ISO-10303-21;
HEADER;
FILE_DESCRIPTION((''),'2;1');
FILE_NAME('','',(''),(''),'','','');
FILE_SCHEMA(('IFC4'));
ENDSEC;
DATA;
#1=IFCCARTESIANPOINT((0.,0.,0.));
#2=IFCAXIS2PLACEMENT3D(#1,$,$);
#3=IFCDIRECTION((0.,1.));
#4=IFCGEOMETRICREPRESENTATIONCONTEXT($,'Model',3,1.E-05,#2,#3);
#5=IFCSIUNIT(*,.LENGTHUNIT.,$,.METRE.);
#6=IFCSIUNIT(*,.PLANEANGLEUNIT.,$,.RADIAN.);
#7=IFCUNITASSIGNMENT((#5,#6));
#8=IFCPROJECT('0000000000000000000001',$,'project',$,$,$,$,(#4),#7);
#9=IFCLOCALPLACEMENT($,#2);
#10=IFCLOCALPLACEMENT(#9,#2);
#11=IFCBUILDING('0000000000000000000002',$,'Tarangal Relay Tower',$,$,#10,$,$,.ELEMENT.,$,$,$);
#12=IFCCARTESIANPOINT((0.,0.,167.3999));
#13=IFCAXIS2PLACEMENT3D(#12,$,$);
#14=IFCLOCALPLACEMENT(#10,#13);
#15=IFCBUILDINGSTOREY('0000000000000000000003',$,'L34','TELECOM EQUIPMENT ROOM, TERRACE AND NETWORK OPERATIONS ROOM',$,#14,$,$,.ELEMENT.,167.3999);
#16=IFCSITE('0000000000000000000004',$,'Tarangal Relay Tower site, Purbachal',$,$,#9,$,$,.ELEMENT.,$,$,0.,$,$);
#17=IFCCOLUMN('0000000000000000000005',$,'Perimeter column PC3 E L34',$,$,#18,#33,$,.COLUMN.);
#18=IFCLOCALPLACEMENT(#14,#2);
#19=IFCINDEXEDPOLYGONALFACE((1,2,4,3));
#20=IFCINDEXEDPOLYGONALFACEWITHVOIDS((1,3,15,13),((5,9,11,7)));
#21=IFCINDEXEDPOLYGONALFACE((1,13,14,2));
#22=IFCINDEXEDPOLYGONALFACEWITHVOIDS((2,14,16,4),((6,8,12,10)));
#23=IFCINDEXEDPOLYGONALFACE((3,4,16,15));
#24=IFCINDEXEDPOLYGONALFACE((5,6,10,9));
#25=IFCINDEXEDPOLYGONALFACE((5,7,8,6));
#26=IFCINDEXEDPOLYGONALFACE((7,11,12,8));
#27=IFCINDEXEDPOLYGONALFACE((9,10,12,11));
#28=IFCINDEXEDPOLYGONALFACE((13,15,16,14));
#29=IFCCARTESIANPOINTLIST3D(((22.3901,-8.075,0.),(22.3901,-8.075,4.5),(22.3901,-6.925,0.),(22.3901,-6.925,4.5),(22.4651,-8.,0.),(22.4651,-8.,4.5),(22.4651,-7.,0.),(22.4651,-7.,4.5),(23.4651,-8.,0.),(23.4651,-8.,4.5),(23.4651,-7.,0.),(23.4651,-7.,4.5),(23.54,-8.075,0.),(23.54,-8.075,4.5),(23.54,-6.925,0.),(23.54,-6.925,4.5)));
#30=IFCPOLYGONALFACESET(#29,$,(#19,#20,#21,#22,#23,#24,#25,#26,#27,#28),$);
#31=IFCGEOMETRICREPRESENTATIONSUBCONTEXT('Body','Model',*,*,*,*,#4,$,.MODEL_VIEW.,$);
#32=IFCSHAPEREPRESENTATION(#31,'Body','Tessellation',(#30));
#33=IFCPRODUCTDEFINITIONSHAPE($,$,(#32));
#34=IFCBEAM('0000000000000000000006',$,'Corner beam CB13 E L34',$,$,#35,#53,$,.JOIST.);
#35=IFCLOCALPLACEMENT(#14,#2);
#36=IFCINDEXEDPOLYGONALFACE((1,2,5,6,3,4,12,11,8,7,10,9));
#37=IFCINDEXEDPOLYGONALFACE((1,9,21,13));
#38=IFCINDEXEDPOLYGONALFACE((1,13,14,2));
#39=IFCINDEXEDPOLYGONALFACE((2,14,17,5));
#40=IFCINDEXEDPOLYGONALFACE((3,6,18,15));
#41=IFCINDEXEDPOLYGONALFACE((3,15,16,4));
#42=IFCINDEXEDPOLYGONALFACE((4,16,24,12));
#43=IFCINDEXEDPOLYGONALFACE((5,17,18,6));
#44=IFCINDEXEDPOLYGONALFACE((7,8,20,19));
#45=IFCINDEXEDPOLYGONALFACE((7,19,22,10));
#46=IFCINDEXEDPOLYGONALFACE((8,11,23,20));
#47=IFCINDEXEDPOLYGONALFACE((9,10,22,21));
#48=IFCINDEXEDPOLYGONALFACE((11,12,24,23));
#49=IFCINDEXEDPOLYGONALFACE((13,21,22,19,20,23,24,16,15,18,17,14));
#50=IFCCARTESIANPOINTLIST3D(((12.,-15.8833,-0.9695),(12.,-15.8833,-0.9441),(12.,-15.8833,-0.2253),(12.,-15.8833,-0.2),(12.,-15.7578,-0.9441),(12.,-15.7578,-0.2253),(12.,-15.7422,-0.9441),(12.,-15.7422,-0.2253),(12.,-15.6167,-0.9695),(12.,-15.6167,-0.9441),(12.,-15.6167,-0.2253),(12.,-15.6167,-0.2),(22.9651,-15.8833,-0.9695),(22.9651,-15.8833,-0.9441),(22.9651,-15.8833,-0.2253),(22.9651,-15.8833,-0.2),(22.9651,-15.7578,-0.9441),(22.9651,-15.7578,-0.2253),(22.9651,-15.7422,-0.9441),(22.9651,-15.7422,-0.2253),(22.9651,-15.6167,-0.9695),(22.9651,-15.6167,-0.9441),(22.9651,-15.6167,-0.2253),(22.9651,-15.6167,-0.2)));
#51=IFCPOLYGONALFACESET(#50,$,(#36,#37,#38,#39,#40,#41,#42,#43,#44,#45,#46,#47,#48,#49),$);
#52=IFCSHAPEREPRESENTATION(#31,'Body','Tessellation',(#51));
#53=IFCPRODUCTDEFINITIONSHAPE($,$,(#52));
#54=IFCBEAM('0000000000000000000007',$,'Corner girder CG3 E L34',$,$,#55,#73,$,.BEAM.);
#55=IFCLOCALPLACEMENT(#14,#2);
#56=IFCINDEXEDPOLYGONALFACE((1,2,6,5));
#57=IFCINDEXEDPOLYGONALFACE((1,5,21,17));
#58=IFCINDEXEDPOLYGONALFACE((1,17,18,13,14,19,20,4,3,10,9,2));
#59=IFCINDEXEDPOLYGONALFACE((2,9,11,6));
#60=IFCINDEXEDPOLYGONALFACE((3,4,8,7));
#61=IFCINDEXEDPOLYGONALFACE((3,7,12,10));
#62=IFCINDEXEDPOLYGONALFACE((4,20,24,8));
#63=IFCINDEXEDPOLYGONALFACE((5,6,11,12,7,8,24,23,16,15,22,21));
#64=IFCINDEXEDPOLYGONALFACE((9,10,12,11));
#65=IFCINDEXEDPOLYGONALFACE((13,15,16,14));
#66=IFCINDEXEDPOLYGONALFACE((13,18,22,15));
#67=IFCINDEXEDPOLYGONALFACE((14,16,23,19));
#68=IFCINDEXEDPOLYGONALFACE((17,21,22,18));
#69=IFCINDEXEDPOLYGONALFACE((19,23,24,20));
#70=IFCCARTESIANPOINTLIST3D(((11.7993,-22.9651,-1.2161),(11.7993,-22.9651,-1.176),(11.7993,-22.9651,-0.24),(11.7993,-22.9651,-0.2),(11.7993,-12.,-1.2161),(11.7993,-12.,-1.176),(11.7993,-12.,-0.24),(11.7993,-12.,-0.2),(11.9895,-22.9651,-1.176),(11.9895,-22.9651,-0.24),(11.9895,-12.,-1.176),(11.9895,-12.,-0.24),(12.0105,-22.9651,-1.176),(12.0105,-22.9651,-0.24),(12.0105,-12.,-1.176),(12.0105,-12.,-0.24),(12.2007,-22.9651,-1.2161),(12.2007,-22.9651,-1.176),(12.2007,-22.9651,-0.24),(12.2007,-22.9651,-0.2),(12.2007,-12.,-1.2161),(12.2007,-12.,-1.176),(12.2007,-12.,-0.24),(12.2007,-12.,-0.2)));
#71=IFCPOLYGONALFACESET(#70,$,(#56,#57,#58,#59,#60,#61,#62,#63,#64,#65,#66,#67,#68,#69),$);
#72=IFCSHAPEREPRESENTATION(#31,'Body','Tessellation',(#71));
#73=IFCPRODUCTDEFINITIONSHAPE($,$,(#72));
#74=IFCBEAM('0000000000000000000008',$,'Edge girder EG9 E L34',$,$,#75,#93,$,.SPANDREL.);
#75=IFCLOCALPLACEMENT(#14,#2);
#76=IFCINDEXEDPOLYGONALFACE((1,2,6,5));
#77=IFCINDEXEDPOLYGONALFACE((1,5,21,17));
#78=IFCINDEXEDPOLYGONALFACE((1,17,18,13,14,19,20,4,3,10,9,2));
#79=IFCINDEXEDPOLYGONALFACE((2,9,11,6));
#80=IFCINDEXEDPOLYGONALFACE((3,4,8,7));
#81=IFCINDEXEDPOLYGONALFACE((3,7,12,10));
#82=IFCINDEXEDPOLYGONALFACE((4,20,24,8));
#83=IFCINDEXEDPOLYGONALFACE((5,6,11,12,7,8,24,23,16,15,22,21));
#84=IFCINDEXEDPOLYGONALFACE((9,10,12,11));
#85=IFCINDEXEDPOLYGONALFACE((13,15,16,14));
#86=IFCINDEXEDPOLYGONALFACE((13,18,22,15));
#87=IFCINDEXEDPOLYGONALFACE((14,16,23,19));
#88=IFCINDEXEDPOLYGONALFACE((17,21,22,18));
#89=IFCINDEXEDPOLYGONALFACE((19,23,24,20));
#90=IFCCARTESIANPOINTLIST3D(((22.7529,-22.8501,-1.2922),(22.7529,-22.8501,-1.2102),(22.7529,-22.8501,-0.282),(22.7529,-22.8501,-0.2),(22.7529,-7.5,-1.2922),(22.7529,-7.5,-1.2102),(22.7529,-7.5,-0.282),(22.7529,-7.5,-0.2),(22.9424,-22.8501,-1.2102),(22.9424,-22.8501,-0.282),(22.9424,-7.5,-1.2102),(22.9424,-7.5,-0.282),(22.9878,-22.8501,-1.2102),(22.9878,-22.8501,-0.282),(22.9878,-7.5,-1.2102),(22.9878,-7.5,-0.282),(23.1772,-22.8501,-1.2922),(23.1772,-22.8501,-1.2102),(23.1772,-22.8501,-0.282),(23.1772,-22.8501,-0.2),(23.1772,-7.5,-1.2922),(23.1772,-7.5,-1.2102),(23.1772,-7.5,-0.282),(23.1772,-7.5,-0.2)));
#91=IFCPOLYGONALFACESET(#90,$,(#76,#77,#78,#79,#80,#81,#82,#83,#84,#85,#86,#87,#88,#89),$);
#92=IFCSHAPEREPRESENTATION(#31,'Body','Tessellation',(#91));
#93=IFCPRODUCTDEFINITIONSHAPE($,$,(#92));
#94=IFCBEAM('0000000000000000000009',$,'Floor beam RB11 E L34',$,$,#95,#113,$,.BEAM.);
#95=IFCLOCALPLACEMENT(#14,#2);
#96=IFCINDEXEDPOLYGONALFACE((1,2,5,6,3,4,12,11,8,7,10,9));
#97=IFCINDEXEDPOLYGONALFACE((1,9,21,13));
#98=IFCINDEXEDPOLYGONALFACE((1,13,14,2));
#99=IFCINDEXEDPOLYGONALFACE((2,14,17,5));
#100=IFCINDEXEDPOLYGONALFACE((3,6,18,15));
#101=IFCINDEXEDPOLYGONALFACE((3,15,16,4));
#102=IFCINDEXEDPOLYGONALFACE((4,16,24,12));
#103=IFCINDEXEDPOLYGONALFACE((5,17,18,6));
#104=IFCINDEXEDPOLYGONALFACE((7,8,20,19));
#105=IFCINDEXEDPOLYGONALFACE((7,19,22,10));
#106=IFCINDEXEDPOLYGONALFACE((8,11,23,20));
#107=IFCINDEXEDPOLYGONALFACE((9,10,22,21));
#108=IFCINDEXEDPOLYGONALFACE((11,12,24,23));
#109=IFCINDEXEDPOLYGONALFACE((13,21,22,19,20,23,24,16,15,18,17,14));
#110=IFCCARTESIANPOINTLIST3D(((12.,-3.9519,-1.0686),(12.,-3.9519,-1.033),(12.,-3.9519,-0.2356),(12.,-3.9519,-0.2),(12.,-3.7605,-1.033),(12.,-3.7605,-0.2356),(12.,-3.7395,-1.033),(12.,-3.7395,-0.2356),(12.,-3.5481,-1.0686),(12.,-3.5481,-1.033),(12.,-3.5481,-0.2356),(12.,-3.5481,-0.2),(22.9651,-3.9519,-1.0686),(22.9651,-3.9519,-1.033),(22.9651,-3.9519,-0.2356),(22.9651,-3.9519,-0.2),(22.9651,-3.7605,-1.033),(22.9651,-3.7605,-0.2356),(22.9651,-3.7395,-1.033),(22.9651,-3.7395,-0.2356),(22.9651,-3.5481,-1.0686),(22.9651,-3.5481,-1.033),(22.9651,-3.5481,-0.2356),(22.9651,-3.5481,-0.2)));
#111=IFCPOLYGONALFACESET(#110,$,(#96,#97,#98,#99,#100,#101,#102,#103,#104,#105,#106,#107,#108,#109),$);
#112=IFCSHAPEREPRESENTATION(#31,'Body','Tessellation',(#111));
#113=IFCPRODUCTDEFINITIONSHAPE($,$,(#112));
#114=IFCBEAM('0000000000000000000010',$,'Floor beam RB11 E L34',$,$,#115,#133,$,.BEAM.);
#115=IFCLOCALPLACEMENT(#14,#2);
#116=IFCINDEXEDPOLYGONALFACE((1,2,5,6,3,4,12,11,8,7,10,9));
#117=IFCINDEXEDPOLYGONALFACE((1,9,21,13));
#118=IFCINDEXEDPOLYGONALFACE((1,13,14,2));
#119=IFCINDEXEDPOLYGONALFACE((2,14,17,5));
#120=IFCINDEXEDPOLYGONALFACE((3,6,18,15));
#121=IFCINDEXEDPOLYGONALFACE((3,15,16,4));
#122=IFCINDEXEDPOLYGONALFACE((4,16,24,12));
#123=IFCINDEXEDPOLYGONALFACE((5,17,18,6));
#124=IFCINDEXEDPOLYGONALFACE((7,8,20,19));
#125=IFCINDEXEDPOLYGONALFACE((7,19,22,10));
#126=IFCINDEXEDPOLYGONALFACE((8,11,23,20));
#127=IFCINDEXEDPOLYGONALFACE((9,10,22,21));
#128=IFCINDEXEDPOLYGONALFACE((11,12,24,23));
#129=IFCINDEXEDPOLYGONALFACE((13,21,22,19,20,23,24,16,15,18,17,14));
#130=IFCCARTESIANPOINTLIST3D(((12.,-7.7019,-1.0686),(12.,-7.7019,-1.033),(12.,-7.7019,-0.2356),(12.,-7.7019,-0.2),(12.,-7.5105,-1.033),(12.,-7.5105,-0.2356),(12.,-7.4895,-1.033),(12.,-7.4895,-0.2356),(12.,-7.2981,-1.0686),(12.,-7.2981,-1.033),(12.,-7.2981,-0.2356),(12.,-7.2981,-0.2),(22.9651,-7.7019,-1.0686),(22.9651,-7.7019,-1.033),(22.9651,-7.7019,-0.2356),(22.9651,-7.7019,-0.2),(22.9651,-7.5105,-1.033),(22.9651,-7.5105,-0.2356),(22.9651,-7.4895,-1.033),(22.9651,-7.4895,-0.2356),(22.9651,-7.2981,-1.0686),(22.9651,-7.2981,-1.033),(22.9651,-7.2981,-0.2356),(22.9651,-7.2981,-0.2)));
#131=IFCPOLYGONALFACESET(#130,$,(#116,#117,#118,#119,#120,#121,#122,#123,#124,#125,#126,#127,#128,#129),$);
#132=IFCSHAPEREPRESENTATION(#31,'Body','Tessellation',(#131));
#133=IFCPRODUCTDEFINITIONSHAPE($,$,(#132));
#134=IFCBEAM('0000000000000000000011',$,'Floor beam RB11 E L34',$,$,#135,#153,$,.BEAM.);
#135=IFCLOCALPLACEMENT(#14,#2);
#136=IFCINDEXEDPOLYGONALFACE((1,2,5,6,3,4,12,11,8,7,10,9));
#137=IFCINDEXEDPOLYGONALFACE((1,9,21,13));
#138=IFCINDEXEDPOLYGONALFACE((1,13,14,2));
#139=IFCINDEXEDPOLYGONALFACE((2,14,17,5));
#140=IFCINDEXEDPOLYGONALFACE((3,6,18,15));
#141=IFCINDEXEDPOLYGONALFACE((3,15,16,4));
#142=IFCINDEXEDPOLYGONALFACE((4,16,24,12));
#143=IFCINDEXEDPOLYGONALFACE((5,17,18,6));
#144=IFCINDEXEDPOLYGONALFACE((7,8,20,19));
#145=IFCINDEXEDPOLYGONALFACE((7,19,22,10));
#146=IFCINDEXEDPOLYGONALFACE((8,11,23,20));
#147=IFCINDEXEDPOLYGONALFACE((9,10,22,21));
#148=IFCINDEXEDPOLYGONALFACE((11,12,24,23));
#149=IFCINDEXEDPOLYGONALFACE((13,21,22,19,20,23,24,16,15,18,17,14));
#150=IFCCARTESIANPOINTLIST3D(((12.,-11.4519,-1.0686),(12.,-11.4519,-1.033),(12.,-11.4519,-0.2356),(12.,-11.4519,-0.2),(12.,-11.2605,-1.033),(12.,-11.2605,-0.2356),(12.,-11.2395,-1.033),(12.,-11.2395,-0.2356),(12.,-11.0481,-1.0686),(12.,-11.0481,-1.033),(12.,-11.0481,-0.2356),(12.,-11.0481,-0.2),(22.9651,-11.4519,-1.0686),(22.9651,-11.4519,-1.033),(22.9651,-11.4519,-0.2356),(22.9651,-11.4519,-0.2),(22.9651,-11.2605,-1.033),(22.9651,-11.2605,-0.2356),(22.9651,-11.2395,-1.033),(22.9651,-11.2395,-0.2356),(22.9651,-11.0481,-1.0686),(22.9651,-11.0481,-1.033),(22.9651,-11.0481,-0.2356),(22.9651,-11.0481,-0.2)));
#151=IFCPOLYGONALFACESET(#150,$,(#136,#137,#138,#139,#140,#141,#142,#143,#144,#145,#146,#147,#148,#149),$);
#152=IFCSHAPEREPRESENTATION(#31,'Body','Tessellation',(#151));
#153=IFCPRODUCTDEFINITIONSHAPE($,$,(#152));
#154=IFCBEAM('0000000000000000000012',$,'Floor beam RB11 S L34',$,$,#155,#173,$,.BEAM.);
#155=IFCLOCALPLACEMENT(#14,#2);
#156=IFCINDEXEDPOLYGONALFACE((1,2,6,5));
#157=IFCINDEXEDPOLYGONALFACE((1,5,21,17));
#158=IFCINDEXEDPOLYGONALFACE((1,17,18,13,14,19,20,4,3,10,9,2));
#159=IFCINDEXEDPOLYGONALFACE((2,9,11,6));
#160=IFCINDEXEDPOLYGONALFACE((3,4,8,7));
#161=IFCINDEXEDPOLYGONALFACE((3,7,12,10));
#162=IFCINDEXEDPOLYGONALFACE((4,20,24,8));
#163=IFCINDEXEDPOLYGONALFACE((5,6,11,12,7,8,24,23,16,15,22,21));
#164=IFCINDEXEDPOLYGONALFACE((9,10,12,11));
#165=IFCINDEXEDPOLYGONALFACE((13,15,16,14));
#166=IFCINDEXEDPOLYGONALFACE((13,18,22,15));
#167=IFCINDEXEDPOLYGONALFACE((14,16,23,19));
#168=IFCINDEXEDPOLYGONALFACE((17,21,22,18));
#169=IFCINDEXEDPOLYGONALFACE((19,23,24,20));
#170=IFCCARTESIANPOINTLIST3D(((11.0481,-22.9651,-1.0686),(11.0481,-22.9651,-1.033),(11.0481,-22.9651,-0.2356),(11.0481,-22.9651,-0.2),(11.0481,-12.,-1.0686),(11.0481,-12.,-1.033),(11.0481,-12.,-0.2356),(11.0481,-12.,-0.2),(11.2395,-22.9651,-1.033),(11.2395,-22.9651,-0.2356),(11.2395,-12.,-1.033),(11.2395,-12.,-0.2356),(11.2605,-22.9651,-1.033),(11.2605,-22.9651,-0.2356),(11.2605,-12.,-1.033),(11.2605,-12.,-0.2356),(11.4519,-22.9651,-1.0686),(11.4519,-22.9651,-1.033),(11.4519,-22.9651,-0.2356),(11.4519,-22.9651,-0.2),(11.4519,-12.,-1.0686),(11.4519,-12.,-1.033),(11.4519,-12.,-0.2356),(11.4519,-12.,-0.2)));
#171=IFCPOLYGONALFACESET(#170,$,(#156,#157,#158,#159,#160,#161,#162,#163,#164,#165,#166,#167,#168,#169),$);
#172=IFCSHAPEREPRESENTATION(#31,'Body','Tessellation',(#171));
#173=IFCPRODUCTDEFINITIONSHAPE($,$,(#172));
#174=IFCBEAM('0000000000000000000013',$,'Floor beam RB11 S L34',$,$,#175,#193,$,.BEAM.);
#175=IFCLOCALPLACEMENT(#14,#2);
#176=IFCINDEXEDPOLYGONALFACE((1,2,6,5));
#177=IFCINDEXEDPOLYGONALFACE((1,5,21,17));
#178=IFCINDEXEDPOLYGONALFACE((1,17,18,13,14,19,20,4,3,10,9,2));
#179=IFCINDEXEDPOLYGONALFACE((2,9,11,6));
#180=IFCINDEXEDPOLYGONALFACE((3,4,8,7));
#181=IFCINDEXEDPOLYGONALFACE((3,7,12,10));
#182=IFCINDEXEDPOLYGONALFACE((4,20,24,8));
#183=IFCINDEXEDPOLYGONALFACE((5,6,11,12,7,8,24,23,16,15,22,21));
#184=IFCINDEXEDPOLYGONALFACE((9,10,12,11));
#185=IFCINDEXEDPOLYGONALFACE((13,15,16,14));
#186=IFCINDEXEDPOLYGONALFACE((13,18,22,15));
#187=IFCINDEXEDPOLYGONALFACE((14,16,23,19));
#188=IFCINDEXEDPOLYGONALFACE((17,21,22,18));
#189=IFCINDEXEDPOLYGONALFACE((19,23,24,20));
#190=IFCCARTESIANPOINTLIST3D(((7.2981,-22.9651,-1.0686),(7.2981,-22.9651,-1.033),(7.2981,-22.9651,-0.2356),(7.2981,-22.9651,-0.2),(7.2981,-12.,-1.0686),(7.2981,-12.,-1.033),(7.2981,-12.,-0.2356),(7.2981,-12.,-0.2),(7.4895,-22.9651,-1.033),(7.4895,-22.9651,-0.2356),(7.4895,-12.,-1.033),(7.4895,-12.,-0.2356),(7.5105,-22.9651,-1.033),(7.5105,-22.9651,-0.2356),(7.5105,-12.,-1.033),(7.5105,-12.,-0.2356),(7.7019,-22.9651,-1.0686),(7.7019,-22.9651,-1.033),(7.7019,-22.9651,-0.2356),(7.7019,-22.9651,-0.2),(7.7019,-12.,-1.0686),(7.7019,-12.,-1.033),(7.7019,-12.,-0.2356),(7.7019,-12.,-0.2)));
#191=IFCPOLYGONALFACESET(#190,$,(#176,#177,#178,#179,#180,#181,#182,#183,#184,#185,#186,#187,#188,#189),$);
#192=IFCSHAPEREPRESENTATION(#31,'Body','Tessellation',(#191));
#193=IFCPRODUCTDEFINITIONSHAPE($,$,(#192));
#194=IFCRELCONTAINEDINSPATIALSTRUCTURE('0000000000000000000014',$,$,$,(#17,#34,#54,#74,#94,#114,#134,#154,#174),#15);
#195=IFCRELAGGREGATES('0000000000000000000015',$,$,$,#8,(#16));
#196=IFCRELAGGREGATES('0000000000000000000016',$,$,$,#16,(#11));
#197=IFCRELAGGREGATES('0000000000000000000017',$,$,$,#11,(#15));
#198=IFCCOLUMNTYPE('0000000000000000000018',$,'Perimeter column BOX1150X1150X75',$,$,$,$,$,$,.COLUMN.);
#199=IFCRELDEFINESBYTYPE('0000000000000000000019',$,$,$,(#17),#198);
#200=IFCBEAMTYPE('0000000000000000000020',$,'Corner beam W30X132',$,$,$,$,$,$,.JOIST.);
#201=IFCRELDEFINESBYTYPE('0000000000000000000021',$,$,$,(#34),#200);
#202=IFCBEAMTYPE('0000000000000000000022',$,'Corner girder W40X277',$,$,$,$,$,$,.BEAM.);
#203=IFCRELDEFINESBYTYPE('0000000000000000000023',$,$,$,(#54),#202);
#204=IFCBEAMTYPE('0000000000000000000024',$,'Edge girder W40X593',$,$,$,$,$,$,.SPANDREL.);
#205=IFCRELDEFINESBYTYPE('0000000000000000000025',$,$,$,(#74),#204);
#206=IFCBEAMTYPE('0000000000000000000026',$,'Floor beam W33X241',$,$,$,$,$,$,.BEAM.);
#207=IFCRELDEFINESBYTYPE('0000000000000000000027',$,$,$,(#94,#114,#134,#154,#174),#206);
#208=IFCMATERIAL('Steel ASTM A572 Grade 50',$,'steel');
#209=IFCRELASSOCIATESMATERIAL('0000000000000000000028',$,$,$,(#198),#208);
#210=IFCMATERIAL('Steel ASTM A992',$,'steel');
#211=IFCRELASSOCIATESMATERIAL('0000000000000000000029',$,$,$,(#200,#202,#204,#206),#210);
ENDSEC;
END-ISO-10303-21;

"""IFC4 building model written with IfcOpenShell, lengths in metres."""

from ifc_helpers import new_model, si_unit, direction, frame, origin, origin_2d, place, context, subcontext, project, spatial, hollow_rectangle, i_section, extrude, material, material_profile, profile_set, type_object, element, save


model = new_model("IFC4")

# Units and contexts
model_context = context("Model", 3, precision=1e-05, world=origin(), true_north=direction((0.0, 1.0)))
body_context = subcontext(model_context, "Body", "Model", "MODEL_VIEW")
ifc_project = project(units=[si_unit("LENGTHUNIT", "METRE"), si_unit("PLANEANGLEUNIT", "RADIAN")], contexts=[model_context])

# Site, building, storey
site_placement = place(None, origin())
site = spatial("IfcSite", under=ifc_project, at=site_placement, Name="Tarangal Relay Tower site, Purbachal", CompositionType="ELEMENT", RefElevation=0.0)
building_placement = place(site_placement, origin())
building = spatial("IfcBuilding", under=site, at=building_placement, Name="Tarangal Relay Tower", CompositionType="ELEMENT")
storey_placement = place(building_placement, frame((0.0, 0.0, 167.3999)))
storey = spatial("IfcBuildingStorey", under=building, at=storey_placement, Name="L34", Description="TELECOM EQUIPMENT ROOM, TERRACE AND NETWORK OPERATIONS ROOM", CompositionType="ELEMENT", Elevation=167.3999)

# Column
ifc_material_1 = material(Name="Steel ASTM A572 Grade 50", Category="steel")
ifc_material_profile_1 = material_profile(ifc_material_1, hollow_rectangle(XDim=1.1499, YDim=1.1499, WallThickness=0.075, at=origin_2d()), Name="BOX1150X1150X75")
ifc_profile_set_1 = profile_set([ifc_material_profile_1], Name="Steel ASTM A572 Grade 50")
column_type = type_object("IfcColumnType", Name="Perimeter column BOX1150X1150X75", PredefinedType="COLUMN", material=ifc_profile_set_1)
column_placement = place(storey_placement, frame((22.9651, -7.5, 0.0), z_axis=(0.0, 0.0, 1.0), x_axis=(1.0, 0.0, 0.0)))
element("IfcColumn", 1, at=column_placement, inside=storey, type_object=column_type, Name="Perimeter column PC3 E L34", PredefinedType="COLUMN", context=body_context, shape_type="SweptSolid", body=[
    extrude(hollow_rectangle(XDim=1.1499, YDim=1.1499, WallThickness=0.075, at=origin_2d()), origin(), (0.0, 0.0, 1.0), 4.5),
])

# Beams
ifc_material_2 = material(Name="Steel ASTM A992", Category="steel")
ifc_material_profile_2 = material_profile(ifc_material_2, i_section(OverallWidth=0.2666, OverallDepth=0.7695, WebThickness=0.0156, FlangeThickness=0.0254, at=origin_2d()), Name="W30X132")
ifc_profile_set_2 = profile_set([ifc_material_profile_2], Name="Steel ASTM A992")
beam_type_1 = type_object("IfcBeamType", Name="Corner beam W30X132", PredefinedType="JOIST", material=ifc_profile_set_2)
beam_1_placement = place(storey_placement, frame((12.0, -15.75, -0.5847), z_axis=(1.0, 0.0, 0.0), x_axis=(0.0, 1.0, 0.0)))
element("IfcBeam", 2, at=beam_1_placement, inside=storey, type_object=beam_type_1, Name="Corner beam CB13 E L34", PredefinedType="JOIST", context=body_context, shape_type="SweptSolid", body=[
    extrude(i_section(OverallWidth=0.2666, OverallDepth=0.7695, WebThickness=0.0156, FlangeThickness=0.0254, at=origin_2d()), origin(), (0.0, 0.0, 1.0), 10.9651),
])
ifc_material_profile_3 = material_profile(ifc_material_2, i_section(OverallWidth=0.4014, OverallDepth=1.0161, WebThickness=0.021, FlangeThickness=0.04, at=origin_2d()), Name="W40X277")
ifc_profile_set_3 = profile_set([ifc_material_profile_3], Name="Steel ASTM A992")
beam_type_2 = type_object("IfcBeamType", Name="Corner girder W40X277", PredefinedType="BEAM", material=ifc_profile_set_3)
beam_2_placement = place(storey_placement, frame((12.0, -12.0, -0.708), z_axis=(0.0, -1.0, 0.0), x_axis=(1.0, 0.0, 0.0)))
element("IfcBeam", 3, at=beam_2_placement, inside=storey, type_object=beam_type_2, Name="Corner girder CG3 E L34", PredefinedType="BEAM", context=body_context, shape_type="SweptSolid", body=[
    extrude(i_section(OverallWidth=0.4014, OverallDepth=1.0161, WebThickness=0.021, FlangeThickness=0.04, at=origin_2d()), origin(), (0.0, 0.0, 1.0), 10.9651),
])
ifc_material_profile_4 = material_profile(ifc_material_2, i_section(OverallWidth=0.4243, OverallDepth=1.0923, WebThickness=0.0454, FlangeThickness=0.082, at=origin_2d()), Name="W40X593")
ifc_profile_set_4 = profile_set([ifc_material_profile_4], Name="Steel ASTM A992")
beam_type_3 = type_object("IfcBeamType", Name="Edge girder W40X593", PredefinedType="SPANDREL", material=ifc_profile_set_4)
beam_3_placement = place(storey_placement, frame((22.9651, -7.5, -0.7461), z_axis=(0.0, -1.0, 0.0), x_axis=(1.0, 0.0, 0.0)))
element("IfcBeam", 4, at=beam_3_placement, inside=storey, type_object=beam_type_3, Name="Edge girder EG9 E L34", PredefinedType="SPANDREL", context=body_context, shape_type="SweptSolid", body=[
    extrude(i_section(OverallWidth=0.4243, OverallDepth=1.0923, WebThickness=0.0454, FlangeThickness=0.082, at=origin_2d()), origin(), (0.0, 0.0, 1.0), 15.3501),
])
ifc_material_profile_5 = material_profile(ifc_material_2, i_section(OverallWidth=0.4038, OverallDepth=0.8687, WebThickness=0.021, FlangeThickness=0.0356, at=origin_2d()), Name="W33X241")
ifc_profile_set_5 = profile_set([ifc_material_profile_5], Name="Steel ASTM A992")
beam_type_4 = type_object("IfcBeamType", Name="Floor beam W33X241", PredefinedType="BEAM", material=ifc_profile_set_5)
for number, where, z_axis, x_axis, name in (
    (5, (12.0, -3.75, -0.6343), (1.0, 0.0, 0.0), (0.0, 1.0, 0.0), "Floor beam RB11 E L34"),
    (6, (12.0, -7.5, -0.6343), (1.0, 0.0, 0.0), (0.0, 1.0, 0.0), "Floor beam RB11 E L34"),
    (7, (12.0, -11.25, -0.6343), (1.0, 0.0, 0.0), (0.0, 1.0, 0.0), "Floor beam RB11 E L34"),
    (8, (11.25, -12.0, -0.6343), (0.0, -1.0, 0.0), (1.0, 0.0, 0.0), "Floor beam RB11 S L34"),
    (9, (7.5, -12.0, -0.6343), (0.0, -1.0, 0.0), (1.0, 0.0, 0.0), "Floor beam RB11 S L34"),
):
    element("IfcBeam", number, at=place(storey_placement, frame(where, z_axis=z_axis, x_axis=x_axis)), inside=storey, type_object=beam_type_4, Name=name, PredefinedType="BEAM", context=body_context, shape_type="SweptSolid", body=[
        extrude(i_section(OverallWidth=0.4038, OverallDepth=0.8687, WebThickness=0.021, FlangeThickness=0.0356, at=origin_2d()), origin(), (0.0, 0.0, 1.0), 10.9651),
    ])

save(model, "model.ifc")
